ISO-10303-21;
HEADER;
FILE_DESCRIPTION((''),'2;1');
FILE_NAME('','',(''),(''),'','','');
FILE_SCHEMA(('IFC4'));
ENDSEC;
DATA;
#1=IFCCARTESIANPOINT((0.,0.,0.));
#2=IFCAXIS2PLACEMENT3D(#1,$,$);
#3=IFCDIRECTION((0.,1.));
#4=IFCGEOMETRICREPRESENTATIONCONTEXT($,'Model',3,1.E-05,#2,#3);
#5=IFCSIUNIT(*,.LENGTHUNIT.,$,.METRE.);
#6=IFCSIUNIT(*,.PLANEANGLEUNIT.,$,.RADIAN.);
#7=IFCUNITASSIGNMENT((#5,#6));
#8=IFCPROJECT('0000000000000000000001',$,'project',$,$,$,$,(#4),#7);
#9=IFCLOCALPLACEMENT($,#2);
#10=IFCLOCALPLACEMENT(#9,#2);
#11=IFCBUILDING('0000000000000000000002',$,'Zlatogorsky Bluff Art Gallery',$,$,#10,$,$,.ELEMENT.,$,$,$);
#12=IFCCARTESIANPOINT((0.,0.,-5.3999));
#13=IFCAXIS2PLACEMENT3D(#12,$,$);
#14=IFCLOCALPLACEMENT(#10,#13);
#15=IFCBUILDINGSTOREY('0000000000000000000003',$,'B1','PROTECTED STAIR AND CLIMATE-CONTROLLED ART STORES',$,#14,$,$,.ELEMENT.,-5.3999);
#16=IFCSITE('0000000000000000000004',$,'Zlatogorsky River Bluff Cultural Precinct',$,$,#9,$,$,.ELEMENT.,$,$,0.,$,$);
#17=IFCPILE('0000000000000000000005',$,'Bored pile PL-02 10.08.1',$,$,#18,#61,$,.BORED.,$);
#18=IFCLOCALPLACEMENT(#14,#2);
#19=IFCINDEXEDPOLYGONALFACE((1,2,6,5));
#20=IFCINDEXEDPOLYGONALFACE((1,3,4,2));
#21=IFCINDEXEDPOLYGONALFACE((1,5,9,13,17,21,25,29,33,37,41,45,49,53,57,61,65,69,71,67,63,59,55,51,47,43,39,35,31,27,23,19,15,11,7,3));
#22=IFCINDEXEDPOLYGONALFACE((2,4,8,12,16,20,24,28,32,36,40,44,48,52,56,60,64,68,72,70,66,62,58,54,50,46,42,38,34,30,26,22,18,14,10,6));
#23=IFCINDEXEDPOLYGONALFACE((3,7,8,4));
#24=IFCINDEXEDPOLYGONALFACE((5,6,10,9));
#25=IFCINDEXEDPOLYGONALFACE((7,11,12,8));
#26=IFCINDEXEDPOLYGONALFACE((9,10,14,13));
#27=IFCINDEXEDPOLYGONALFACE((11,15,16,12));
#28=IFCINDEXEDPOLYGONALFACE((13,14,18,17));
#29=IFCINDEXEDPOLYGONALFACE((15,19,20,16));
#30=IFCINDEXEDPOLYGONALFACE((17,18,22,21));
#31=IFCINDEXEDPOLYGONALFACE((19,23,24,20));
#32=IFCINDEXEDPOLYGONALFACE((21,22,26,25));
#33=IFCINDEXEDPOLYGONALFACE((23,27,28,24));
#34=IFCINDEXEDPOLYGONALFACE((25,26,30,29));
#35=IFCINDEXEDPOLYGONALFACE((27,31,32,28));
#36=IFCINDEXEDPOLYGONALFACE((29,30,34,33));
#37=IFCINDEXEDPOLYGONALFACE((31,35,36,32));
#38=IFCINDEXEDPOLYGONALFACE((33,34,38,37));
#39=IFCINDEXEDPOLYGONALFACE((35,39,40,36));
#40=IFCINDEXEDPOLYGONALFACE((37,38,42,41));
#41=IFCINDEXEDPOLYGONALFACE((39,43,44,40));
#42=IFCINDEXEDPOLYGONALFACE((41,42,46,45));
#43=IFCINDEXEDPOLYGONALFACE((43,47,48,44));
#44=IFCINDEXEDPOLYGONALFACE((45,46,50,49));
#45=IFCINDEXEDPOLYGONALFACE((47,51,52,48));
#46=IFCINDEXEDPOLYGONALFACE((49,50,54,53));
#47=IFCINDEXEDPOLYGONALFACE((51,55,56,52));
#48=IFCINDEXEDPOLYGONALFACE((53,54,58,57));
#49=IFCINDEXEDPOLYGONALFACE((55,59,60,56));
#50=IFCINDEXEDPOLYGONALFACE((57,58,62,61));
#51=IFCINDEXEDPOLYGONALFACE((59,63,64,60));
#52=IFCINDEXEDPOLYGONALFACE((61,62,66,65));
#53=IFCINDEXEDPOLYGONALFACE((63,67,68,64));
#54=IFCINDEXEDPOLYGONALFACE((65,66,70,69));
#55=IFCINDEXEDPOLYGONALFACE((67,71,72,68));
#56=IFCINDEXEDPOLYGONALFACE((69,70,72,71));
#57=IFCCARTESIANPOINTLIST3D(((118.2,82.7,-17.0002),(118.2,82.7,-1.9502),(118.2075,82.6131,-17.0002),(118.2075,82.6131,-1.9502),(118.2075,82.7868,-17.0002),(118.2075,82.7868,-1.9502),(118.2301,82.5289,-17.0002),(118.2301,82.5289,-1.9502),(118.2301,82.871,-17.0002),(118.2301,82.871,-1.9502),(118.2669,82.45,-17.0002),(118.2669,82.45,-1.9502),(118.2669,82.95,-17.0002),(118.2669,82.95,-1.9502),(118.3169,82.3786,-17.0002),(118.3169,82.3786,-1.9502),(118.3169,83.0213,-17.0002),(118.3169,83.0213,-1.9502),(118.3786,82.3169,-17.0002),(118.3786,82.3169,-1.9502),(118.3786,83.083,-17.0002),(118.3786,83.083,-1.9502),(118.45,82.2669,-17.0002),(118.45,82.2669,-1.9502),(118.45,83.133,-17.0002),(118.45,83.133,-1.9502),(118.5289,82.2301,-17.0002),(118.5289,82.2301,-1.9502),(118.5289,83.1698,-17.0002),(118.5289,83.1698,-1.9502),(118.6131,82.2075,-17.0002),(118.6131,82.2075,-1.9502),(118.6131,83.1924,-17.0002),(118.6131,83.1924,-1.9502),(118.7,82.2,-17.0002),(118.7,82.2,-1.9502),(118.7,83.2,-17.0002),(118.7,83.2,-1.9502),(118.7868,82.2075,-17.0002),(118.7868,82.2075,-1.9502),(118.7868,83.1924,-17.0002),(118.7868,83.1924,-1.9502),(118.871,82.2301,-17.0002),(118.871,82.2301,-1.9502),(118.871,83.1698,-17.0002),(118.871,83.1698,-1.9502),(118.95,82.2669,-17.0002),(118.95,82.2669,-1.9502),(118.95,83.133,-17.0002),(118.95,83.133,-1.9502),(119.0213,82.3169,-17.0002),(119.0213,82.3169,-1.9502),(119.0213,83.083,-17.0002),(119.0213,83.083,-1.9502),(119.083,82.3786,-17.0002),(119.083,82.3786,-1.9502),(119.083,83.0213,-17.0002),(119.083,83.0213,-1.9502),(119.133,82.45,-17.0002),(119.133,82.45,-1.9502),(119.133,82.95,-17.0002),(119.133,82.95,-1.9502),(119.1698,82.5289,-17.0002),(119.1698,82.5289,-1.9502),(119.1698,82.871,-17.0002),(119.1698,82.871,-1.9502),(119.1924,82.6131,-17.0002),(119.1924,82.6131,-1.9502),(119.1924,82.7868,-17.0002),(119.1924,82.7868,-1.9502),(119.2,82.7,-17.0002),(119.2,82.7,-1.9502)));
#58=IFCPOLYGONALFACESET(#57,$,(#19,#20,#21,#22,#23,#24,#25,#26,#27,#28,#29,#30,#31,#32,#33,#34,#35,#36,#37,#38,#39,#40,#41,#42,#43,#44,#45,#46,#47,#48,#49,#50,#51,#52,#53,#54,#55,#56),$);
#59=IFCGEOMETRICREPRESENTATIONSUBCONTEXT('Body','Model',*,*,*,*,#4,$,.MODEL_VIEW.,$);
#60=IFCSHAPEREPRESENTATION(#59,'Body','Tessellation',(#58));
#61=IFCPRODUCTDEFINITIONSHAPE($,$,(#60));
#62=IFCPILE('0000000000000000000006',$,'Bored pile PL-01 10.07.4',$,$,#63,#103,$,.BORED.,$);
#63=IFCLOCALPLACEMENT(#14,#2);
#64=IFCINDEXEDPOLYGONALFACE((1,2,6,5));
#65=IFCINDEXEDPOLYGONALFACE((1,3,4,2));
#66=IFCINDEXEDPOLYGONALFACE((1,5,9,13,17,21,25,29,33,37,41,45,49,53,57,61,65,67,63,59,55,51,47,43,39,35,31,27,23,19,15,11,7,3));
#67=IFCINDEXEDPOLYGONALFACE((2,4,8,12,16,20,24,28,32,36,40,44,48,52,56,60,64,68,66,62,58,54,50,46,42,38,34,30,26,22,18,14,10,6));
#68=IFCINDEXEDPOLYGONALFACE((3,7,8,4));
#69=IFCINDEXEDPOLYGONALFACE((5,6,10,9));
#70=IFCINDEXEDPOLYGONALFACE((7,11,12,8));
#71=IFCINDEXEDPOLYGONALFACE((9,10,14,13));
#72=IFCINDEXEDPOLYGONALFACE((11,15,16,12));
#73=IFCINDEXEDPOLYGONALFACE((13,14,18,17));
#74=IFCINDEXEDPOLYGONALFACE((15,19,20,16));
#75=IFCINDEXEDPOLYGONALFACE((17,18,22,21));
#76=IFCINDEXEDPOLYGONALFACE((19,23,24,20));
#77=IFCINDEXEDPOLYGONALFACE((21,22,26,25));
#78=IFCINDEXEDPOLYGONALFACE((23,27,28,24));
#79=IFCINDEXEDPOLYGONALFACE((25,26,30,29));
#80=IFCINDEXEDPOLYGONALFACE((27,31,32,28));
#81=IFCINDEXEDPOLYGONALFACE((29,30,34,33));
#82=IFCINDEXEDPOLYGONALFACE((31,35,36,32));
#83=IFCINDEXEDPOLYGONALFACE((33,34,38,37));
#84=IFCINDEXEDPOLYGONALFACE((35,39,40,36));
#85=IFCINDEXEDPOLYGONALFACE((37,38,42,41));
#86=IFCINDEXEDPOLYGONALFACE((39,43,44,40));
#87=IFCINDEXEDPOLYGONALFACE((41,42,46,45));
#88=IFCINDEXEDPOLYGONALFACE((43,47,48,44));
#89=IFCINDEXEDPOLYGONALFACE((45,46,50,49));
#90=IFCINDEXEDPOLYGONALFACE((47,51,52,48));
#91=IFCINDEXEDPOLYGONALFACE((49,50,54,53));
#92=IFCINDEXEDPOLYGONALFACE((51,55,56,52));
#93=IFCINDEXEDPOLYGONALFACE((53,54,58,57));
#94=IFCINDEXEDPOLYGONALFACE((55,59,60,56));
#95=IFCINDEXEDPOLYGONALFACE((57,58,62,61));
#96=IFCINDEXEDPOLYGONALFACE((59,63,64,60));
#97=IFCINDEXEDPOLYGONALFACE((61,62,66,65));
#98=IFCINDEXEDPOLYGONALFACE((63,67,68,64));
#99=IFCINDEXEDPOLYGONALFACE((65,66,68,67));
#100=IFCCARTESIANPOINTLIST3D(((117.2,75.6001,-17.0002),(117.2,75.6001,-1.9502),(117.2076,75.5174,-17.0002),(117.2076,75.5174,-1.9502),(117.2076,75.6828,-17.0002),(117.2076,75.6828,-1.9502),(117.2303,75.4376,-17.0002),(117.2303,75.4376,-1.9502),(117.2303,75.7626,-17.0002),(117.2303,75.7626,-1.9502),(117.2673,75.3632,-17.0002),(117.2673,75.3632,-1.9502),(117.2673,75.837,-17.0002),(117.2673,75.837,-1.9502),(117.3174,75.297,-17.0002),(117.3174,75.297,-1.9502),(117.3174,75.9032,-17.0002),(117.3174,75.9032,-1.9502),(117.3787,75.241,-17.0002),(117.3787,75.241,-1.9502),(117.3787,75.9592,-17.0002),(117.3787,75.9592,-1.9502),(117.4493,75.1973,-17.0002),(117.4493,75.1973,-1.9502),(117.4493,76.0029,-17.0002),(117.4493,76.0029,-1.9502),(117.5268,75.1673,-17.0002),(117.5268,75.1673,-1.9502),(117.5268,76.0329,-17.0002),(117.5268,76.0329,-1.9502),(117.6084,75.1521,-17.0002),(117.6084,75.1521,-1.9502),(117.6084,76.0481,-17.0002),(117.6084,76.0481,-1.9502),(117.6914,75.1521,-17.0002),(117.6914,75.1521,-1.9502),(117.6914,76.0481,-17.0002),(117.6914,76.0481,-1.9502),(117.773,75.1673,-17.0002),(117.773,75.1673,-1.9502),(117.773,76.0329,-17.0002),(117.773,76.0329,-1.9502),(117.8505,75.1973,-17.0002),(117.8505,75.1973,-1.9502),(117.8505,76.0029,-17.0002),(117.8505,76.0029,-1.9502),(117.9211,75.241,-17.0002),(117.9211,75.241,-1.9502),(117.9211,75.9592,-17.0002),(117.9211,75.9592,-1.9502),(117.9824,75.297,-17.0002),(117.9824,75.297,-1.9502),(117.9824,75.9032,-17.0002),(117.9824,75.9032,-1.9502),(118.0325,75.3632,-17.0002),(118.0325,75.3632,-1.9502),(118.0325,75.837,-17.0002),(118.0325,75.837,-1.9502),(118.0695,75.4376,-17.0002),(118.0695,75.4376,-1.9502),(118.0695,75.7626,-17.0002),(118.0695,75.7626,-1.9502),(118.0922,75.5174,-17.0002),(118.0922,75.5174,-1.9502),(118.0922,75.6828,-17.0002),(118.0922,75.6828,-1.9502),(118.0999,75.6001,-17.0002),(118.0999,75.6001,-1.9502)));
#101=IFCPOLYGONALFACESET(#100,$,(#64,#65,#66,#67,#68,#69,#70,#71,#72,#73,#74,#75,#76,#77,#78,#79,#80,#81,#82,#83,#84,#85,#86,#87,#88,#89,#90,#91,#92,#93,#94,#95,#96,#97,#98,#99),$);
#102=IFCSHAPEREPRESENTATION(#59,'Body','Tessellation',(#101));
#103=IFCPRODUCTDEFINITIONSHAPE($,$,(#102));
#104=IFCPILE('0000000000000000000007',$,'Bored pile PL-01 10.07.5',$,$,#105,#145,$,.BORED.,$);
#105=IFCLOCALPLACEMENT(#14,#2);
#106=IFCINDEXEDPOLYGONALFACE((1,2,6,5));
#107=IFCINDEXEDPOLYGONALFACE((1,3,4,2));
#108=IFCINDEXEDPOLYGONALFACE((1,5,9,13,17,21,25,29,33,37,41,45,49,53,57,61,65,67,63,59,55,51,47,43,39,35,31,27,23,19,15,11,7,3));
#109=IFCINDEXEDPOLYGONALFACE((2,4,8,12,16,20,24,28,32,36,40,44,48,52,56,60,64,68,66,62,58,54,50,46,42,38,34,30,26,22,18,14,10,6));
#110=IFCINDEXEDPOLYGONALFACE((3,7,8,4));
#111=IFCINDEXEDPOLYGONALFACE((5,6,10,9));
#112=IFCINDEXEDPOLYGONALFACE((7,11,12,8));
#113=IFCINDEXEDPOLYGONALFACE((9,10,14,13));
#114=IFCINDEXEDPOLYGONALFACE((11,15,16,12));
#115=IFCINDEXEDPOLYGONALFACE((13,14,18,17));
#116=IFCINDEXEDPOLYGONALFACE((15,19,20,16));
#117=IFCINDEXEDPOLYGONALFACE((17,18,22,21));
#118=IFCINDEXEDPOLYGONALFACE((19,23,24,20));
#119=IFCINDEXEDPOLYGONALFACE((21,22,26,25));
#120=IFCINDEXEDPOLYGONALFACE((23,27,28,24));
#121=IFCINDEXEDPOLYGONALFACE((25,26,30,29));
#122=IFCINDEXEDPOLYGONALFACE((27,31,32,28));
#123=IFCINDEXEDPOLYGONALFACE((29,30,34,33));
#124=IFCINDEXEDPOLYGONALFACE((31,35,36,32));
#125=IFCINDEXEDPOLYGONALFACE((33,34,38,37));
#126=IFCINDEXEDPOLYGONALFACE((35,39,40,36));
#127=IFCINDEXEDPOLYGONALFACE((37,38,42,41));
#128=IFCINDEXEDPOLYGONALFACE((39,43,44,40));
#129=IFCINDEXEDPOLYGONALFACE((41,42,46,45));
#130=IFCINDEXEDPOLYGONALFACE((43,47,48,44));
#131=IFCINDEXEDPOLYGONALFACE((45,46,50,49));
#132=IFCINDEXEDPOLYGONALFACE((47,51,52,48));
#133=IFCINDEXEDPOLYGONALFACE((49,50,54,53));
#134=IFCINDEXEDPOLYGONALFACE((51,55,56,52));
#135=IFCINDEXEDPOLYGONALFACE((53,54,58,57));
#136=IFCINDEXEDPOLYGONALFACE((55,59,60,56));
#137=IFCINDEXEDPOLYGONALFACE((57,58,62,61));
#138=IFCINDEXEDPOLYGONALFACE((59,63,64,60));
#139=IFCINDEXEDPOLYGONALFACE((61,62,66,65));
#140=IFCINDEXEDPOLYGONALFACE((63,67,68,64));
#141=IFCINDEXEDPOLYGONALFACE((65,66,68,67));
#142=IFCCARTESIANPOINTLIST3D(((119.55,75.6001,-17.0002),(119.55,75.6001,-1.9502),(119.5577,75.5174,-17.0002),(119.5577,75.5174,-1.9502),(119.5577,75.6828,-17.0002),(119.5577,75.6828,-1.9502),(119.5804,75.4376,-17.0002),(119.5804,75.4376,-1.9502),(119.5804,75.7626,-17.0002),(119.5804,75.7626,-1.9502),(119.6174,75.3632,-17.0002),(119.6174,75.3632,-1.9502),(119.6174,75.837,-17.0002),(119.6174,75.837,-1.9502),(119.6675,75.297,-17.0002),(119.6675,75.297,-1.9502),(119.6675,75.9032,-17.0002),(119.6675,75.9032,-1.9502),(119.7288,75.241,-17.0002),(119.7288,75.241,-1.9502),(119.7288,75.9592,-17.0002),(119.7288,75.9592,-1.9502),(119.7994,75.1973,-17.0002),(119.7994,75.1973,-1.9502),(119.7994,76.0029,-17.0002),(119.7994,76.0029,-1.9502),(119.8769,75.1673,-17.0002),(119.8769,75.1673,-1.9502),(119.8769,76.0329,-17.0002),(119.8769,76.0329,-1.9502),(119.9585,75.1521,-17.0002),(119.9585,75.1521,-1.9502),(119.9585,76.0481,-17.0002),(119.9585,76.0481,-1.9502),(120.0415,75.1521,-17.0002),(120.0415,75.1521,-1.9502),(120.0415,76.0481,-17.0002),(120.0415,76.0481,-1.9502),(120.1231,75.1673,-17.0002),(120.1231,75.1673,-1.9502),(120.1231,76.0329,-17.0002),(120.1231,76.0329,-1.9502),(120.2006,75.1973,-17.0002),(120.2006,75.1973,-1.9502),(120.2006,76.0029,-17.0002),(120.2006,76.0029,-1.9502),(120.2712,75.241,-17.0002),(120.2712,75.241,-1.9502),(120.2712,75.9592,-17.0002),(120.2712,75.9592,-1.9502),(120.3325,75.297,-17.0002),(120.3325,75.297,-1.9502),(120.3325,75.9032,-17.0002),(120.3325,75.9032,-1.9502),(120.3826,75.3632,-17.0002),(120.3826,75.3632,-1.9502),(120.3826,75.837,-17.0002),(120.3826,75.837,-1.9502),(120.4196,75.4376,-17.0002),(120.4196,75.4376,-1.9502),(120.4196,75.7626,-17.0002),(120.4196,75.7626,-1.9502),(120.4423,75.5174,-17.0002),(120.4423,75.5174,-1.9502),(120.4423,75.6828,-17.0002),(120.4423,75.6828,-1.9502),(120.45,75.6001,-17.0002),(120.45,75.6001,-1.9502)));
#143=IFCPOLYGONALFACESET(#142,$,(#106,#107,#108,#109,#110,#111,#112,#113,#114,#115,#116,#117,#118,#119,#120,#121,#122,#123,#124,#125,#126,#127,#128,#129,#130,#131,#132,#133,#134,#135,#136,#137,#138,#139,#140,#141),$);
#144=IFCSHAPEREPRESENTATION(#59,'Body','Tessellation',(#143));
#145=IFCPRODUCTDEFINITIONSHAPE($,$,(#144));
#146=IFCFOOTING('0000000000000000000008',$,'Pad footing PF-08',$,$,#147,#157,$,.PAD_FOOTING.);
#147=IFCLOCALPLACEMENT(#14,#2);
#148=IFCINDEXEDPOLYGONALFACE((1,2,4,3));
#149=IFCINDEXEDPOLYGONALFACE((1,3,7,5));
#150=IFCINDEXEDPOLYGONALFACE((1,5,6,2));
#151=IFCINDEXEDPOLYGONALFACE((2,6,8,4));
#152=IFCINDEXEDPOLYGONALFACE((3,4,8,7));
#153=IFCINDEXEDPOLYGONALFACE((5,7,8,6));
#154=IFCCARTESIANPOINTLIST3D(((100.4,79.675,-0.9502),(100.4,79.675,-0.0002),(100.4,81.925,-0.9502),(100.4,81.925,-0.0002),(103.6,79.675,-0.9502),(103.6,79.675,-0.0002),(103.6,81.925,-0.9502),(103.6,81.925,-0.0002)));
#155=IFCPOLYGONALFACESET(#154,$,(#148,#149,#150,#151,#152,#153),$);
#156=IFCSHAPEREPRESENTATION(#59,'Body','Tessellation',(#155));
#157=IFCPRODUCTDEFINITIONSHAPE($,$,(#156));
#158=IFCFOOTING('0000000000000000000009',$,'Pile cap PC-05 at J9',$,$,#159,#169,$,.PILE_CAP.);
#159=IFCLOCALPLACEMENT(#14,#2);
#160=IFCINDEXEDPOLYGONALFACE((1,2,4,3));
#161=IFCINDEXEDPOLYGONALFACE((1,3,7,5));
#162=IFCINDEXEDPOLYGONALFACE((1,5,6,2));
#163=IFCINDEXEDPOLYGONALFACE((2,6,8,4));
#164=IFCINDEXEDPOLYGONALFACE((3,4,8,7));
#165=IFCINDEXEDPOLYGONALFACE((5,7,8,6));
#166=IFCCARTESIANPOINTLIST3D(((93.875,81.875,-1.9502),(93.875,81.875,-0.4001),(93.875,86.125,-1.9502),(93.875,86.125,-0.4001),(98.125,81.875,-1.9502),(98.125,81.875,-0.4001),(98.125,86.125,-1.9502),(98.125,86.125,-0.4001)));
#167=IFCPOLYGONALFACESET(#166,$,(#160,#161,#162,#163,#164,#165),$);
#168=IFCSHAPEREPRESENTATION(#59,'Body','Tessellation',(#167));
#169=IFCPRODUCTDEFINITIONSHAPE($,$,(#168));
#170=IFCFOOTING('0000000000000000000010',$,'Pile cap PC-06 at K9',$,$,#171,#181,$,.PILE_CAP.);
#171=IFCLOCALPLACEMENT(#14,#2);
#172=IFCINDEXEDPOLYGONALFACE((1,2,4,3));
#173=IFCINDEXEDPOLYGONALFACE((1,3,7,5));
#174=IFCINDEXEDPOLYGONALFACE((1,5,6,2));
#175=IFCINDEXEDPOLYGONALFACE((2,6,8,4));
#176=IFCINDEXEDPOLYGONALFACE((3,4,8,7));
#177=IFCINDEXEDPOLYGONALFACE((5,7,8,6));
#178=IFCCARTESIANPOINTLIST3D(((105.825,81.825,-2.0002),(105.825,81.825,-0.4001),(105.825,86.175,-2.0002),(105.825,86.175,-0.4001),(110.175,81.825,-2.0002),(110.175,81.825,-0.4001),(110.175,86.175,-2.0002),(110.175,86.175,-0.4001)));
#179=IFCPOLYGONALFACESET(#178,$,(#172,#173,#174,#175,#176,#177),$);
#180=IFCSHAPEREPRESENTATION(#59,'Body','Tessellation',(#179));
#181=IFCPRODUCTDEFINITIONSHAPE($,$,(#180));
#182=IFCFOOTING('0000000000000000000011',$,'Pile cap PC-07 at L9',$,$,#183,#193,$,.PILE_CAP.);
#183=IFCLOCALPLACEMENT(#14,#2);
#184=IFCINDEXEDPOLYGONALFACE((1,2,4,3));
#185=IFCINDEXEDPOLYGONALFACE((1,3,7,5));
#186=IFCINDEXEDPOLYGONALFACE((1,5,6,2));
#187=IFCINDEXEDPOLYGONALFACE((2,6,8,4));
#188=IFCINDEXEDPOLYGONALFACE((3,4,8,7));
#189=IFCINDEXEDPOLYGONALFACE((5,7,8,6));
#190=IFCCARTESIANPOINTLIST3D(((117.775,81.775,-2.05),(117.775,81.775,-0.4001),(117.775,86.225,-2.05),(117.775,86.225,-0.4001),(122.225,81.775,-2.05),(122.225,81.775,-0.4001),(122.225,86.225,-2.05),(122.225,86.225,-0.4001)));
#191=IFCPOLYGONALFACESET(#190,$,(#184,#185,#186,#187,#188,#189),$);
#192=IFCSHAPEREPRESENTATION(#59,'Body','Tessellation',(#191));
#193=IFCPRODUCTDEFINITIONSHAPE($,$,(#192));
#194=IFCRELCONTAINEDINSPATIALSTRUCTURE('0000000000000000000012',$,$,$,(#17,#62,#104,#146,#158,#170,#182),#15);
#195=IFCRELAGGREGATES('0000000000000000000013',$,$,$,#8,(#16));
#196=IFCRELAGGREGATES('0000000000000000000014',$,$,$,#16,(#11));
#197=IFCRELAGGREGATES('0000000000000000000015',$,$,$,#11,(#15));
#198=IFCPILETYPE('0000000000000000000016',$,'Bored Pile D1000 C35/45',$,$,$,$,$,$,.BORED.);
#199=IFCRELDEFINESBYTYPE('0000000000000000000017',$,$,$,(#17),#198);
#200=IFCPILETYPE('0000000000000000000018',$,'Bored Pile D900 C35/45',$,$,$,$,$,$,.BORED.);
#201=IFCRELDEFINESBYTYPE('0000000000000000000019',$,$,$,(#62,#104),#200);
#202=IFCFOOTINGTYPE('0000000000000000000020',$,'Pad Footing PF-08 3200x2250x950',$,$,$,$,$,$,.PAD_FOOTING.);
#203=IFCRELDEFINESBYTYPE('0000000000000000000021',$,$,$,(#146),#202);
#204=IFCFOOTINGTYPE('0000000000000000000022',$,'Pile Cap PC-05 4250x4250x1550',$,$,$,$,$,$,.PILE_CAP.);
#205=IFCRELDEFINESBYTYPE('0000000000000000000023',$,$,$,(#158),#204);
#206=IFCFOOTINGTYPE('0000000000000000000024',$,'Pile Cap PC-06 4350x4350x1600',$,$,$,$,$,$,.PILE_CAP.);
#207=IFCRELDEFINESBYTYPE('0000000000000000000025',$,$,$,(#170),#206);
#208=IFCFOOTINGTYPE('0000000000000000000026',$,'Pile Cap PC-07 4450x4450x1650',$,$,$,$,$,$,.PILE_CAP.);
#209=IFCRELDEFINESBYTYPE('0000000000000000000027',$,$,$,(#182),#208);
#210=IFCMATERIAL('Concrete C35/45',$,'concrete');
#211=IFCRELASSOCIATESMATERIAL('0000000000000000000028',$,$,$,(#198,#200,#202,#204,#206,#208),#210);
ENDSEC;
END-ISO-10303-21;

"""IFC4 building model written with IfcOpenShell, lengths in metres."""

from ifc_helpers import new_model, si_unit, direction, frame, origin, origin_2d, place, context, subcontext, project, spatial, rectangle, circle, extrude, material, material_profile, profile_set, type_object, element, save


model = new_model("IFC4")

# Units and contexts
model_context = context("Model", 3, precision=1e-05, world=origin(), true_north=direction((0.0, 1.0)))
body_context = subcontext(model_context, "Body", "Model", "MODEL_VIEW")
ifc_project = project(units=[si_unit("LENGTHUNIT", "METRE"), si_unit("PLANEANGLEUNIT", "RADIAN")], contexts=[model_context])

# Site, building, storey
site_placement = place(None, origin())
site = spatial("IfcSite", under=ifc_project, at=site_placement, Name="Zlatogorsky River Bluff Cultural Precinct", CompositionType="ELEMENT", RefElevation=0.0)
building_placement = place(site_placement, origin())
building = spatial("IfcBuilding", under=site, at=building_placement, Name="Zlatogorsky Bluff Art Gallery", CompositionType="ELEMENT")
storey_placement = place(building_placement, frame((0.0, 0.0, -5.3999)))
storey = spatial("IfcBuildingStorey", under=building, at=storey_placement, Name="B1", Description="PROTECTED STAIR AND CLIMATE-CONTROLLED ART STORES", CompositionType="ELEMENT", Elevation=-5.3999)

# Piles
ifc_material_1 = material(Name="Concrete C35/45", Category="concrete")
ifc_material_profile_1 = material_profile(ifc_material_1, circle(Radius=0.5, at=origin_2d()), Name="BORED PILE D1000")
ifc_profile_set_1 = profile_set([ifc_material_profile_1], Name="Concrete C35/45")
pile_type_1 = type_object("IfcPileType", Name="Bored Pile D1000 C35/45", PredefinedType="BORED", material=ifc_profile_set_1)
pile_placement = place(storey_placement, frame((118.7, 82.7, -1.9502), z_axis=(0.0, 0.0, -1.0), x_axis=(1.0, 0.0, 0.0)))
element("IfcPile", 1, at=pile_placement, inside=storey, type_object=pile_type_1, Name="Bored pile PL-02 10.08.1", PredefinedType="BORED", context=body_context, shape_type="SweptSolid", body=[
    extrude(circle(Radius=0.5, at=origin_2d()), origin(), (0.0, 0.0, 1.0), 15.05),
])
ifc_material_profile_2 = material_profile(ifc_material_1, circle(Radius=0.45, at=origin_2d()), Name="BORED PILE D900")
ifc_profile_set_2 = profile_set([ifc_material_profile_2], Name="Concrete C35/45")
pile_type_2 = type_object("IfcPileType", Name="Bored Pile D900 C35/45", PredefinedType="BORED", material=ifc_profile_set_2)
for number, where, z_axis, x_axis, name in (
    (2, (117.6499, 75.6001, -1.9502), (0.0, 0.0, -1.0), (1.0, 0.0, 0.0), "Bored pile PL-01 10.07.4"),
    (3, (120.0, 75.6001, -1.9502), (0.0, 0.0, -1.0), (1.0, 0.0, 0.0), "Bored pile PL-01 10.07.5"),
):
    element("IfcPile", number, at=place(storey_placement, frame(where, z_axis=z_axis, x_axis=x_axis)), inside=storey, type_object=pile_type_2, Name=name, PredefinedType="BORED", context=body_context, shape_type="SweptSolid", body=[
        extrude(circle(Radius=0.45, at=origin_2d()), origin(), (0.0, 0.0, 1.0), 15.05),
    ])

# Footings
footing_type_1 = type_object("IfcFootingType", Name="Pad Footing PF-08 3200x2250x950", PredefinedType="PAD_FOOTING", material=ifc_material_1)
footing_1_placement = place(storey_placement, frame((102.0, 80.8, -0.9502), z_axis=(0.0, 0.0, 1.0), x_axis=(1.0, 0.0, 0.0)))
element("IfcFooting", 4, at=footing_1_placement, inside=storey, type_object=footing_type_1, Name="Pad footing PF-08", PredefinedType="PAD_FOOTING", context=body_context, shape_type="SweptSolid", body=[
    extrude(rectangle(XDim=3.2, YDim=2.25, at=origin_2d()), origin(), (0.0, 0.0, 1.0), 0.95),
])
footing_type_2 = type_object("IfcFootingType", Name="Pile Cap PC-05 4250x4250x1550", PredefinedType="PILE_CAP", material=ifc_material_1)
footing_2_placement = place(storey_placement, frame((96.0, 84.0, -1.9502), z_axis=(0.0, 0.0, 1.0), x_axis=(1.0, 0.0, 0.0)))
element("IfcFooting", 5, at=footing_2_placement, inside=storey, type_object=footing_type_2, Name="Pile cap PC-05 at J9", PredefinedType="PILE_CAP", context=body_context, shape_type="SweptSolid", body=[
    extrude(rectangle(XDim=4.25, YDim=4.25, at=origin_2d()), origin(), (0.0, 0.0, 1.0), 1.55),
])
footing_type_3 = type_object("IfcFootingType", Name="Pile Cap PC-06 4350x4350x1600", PredefinedType="PILE_CAP", material=ifc_material_1)
footing_3_placement = place(storey_placement, frame((108.0, 84.0, -2.0002), z_axis=(0.0, 0.0, 1.0), x_axis=(1.0, 0.0, 0.0)))
element("IfcFooting", 6, at=footing_3_placement, inside=storey, type_object=footing_type_3, Name="Pile cap PC-06 at K9", PredefinedType="PILE_CAP", context=body_context, shape_type="SweptSolid", body=[
    extrude(rectangle(XDim=4.3501, YDim=4.3501, at=origin_2d()), origin(), (0.0, 0.0, 1.0), 1.6001),
])
footing_type_4 = type_object("IfcFootingType", Name="Pile Cap PC-07 4450x4450x1650", PredefinedType="PILE_CAP", material=ifc_material_1)
footing_4_placement = place(storey_placement, frame((120.0, 84.0, -2.05), z_axis=(0.0, 0.0, 1.0), x_axis=(1.0, 0.0, 0.0)))
element("IfcFooting", 7, at=footing_4_placement, inside=storey, type_object=footing_type_4, Name="Pile cap PC-07 at L9", PredefinedType="PILE_CAP", context=body_context, shape_type="SweptSolid", body=[
    extrude(rectangle(XDim=4.45, YDim=4.45, at=origin_2d()), origin(), (0.0, 0.0, 1.0), 1.6499),
])

save(model, "model.ifc")
